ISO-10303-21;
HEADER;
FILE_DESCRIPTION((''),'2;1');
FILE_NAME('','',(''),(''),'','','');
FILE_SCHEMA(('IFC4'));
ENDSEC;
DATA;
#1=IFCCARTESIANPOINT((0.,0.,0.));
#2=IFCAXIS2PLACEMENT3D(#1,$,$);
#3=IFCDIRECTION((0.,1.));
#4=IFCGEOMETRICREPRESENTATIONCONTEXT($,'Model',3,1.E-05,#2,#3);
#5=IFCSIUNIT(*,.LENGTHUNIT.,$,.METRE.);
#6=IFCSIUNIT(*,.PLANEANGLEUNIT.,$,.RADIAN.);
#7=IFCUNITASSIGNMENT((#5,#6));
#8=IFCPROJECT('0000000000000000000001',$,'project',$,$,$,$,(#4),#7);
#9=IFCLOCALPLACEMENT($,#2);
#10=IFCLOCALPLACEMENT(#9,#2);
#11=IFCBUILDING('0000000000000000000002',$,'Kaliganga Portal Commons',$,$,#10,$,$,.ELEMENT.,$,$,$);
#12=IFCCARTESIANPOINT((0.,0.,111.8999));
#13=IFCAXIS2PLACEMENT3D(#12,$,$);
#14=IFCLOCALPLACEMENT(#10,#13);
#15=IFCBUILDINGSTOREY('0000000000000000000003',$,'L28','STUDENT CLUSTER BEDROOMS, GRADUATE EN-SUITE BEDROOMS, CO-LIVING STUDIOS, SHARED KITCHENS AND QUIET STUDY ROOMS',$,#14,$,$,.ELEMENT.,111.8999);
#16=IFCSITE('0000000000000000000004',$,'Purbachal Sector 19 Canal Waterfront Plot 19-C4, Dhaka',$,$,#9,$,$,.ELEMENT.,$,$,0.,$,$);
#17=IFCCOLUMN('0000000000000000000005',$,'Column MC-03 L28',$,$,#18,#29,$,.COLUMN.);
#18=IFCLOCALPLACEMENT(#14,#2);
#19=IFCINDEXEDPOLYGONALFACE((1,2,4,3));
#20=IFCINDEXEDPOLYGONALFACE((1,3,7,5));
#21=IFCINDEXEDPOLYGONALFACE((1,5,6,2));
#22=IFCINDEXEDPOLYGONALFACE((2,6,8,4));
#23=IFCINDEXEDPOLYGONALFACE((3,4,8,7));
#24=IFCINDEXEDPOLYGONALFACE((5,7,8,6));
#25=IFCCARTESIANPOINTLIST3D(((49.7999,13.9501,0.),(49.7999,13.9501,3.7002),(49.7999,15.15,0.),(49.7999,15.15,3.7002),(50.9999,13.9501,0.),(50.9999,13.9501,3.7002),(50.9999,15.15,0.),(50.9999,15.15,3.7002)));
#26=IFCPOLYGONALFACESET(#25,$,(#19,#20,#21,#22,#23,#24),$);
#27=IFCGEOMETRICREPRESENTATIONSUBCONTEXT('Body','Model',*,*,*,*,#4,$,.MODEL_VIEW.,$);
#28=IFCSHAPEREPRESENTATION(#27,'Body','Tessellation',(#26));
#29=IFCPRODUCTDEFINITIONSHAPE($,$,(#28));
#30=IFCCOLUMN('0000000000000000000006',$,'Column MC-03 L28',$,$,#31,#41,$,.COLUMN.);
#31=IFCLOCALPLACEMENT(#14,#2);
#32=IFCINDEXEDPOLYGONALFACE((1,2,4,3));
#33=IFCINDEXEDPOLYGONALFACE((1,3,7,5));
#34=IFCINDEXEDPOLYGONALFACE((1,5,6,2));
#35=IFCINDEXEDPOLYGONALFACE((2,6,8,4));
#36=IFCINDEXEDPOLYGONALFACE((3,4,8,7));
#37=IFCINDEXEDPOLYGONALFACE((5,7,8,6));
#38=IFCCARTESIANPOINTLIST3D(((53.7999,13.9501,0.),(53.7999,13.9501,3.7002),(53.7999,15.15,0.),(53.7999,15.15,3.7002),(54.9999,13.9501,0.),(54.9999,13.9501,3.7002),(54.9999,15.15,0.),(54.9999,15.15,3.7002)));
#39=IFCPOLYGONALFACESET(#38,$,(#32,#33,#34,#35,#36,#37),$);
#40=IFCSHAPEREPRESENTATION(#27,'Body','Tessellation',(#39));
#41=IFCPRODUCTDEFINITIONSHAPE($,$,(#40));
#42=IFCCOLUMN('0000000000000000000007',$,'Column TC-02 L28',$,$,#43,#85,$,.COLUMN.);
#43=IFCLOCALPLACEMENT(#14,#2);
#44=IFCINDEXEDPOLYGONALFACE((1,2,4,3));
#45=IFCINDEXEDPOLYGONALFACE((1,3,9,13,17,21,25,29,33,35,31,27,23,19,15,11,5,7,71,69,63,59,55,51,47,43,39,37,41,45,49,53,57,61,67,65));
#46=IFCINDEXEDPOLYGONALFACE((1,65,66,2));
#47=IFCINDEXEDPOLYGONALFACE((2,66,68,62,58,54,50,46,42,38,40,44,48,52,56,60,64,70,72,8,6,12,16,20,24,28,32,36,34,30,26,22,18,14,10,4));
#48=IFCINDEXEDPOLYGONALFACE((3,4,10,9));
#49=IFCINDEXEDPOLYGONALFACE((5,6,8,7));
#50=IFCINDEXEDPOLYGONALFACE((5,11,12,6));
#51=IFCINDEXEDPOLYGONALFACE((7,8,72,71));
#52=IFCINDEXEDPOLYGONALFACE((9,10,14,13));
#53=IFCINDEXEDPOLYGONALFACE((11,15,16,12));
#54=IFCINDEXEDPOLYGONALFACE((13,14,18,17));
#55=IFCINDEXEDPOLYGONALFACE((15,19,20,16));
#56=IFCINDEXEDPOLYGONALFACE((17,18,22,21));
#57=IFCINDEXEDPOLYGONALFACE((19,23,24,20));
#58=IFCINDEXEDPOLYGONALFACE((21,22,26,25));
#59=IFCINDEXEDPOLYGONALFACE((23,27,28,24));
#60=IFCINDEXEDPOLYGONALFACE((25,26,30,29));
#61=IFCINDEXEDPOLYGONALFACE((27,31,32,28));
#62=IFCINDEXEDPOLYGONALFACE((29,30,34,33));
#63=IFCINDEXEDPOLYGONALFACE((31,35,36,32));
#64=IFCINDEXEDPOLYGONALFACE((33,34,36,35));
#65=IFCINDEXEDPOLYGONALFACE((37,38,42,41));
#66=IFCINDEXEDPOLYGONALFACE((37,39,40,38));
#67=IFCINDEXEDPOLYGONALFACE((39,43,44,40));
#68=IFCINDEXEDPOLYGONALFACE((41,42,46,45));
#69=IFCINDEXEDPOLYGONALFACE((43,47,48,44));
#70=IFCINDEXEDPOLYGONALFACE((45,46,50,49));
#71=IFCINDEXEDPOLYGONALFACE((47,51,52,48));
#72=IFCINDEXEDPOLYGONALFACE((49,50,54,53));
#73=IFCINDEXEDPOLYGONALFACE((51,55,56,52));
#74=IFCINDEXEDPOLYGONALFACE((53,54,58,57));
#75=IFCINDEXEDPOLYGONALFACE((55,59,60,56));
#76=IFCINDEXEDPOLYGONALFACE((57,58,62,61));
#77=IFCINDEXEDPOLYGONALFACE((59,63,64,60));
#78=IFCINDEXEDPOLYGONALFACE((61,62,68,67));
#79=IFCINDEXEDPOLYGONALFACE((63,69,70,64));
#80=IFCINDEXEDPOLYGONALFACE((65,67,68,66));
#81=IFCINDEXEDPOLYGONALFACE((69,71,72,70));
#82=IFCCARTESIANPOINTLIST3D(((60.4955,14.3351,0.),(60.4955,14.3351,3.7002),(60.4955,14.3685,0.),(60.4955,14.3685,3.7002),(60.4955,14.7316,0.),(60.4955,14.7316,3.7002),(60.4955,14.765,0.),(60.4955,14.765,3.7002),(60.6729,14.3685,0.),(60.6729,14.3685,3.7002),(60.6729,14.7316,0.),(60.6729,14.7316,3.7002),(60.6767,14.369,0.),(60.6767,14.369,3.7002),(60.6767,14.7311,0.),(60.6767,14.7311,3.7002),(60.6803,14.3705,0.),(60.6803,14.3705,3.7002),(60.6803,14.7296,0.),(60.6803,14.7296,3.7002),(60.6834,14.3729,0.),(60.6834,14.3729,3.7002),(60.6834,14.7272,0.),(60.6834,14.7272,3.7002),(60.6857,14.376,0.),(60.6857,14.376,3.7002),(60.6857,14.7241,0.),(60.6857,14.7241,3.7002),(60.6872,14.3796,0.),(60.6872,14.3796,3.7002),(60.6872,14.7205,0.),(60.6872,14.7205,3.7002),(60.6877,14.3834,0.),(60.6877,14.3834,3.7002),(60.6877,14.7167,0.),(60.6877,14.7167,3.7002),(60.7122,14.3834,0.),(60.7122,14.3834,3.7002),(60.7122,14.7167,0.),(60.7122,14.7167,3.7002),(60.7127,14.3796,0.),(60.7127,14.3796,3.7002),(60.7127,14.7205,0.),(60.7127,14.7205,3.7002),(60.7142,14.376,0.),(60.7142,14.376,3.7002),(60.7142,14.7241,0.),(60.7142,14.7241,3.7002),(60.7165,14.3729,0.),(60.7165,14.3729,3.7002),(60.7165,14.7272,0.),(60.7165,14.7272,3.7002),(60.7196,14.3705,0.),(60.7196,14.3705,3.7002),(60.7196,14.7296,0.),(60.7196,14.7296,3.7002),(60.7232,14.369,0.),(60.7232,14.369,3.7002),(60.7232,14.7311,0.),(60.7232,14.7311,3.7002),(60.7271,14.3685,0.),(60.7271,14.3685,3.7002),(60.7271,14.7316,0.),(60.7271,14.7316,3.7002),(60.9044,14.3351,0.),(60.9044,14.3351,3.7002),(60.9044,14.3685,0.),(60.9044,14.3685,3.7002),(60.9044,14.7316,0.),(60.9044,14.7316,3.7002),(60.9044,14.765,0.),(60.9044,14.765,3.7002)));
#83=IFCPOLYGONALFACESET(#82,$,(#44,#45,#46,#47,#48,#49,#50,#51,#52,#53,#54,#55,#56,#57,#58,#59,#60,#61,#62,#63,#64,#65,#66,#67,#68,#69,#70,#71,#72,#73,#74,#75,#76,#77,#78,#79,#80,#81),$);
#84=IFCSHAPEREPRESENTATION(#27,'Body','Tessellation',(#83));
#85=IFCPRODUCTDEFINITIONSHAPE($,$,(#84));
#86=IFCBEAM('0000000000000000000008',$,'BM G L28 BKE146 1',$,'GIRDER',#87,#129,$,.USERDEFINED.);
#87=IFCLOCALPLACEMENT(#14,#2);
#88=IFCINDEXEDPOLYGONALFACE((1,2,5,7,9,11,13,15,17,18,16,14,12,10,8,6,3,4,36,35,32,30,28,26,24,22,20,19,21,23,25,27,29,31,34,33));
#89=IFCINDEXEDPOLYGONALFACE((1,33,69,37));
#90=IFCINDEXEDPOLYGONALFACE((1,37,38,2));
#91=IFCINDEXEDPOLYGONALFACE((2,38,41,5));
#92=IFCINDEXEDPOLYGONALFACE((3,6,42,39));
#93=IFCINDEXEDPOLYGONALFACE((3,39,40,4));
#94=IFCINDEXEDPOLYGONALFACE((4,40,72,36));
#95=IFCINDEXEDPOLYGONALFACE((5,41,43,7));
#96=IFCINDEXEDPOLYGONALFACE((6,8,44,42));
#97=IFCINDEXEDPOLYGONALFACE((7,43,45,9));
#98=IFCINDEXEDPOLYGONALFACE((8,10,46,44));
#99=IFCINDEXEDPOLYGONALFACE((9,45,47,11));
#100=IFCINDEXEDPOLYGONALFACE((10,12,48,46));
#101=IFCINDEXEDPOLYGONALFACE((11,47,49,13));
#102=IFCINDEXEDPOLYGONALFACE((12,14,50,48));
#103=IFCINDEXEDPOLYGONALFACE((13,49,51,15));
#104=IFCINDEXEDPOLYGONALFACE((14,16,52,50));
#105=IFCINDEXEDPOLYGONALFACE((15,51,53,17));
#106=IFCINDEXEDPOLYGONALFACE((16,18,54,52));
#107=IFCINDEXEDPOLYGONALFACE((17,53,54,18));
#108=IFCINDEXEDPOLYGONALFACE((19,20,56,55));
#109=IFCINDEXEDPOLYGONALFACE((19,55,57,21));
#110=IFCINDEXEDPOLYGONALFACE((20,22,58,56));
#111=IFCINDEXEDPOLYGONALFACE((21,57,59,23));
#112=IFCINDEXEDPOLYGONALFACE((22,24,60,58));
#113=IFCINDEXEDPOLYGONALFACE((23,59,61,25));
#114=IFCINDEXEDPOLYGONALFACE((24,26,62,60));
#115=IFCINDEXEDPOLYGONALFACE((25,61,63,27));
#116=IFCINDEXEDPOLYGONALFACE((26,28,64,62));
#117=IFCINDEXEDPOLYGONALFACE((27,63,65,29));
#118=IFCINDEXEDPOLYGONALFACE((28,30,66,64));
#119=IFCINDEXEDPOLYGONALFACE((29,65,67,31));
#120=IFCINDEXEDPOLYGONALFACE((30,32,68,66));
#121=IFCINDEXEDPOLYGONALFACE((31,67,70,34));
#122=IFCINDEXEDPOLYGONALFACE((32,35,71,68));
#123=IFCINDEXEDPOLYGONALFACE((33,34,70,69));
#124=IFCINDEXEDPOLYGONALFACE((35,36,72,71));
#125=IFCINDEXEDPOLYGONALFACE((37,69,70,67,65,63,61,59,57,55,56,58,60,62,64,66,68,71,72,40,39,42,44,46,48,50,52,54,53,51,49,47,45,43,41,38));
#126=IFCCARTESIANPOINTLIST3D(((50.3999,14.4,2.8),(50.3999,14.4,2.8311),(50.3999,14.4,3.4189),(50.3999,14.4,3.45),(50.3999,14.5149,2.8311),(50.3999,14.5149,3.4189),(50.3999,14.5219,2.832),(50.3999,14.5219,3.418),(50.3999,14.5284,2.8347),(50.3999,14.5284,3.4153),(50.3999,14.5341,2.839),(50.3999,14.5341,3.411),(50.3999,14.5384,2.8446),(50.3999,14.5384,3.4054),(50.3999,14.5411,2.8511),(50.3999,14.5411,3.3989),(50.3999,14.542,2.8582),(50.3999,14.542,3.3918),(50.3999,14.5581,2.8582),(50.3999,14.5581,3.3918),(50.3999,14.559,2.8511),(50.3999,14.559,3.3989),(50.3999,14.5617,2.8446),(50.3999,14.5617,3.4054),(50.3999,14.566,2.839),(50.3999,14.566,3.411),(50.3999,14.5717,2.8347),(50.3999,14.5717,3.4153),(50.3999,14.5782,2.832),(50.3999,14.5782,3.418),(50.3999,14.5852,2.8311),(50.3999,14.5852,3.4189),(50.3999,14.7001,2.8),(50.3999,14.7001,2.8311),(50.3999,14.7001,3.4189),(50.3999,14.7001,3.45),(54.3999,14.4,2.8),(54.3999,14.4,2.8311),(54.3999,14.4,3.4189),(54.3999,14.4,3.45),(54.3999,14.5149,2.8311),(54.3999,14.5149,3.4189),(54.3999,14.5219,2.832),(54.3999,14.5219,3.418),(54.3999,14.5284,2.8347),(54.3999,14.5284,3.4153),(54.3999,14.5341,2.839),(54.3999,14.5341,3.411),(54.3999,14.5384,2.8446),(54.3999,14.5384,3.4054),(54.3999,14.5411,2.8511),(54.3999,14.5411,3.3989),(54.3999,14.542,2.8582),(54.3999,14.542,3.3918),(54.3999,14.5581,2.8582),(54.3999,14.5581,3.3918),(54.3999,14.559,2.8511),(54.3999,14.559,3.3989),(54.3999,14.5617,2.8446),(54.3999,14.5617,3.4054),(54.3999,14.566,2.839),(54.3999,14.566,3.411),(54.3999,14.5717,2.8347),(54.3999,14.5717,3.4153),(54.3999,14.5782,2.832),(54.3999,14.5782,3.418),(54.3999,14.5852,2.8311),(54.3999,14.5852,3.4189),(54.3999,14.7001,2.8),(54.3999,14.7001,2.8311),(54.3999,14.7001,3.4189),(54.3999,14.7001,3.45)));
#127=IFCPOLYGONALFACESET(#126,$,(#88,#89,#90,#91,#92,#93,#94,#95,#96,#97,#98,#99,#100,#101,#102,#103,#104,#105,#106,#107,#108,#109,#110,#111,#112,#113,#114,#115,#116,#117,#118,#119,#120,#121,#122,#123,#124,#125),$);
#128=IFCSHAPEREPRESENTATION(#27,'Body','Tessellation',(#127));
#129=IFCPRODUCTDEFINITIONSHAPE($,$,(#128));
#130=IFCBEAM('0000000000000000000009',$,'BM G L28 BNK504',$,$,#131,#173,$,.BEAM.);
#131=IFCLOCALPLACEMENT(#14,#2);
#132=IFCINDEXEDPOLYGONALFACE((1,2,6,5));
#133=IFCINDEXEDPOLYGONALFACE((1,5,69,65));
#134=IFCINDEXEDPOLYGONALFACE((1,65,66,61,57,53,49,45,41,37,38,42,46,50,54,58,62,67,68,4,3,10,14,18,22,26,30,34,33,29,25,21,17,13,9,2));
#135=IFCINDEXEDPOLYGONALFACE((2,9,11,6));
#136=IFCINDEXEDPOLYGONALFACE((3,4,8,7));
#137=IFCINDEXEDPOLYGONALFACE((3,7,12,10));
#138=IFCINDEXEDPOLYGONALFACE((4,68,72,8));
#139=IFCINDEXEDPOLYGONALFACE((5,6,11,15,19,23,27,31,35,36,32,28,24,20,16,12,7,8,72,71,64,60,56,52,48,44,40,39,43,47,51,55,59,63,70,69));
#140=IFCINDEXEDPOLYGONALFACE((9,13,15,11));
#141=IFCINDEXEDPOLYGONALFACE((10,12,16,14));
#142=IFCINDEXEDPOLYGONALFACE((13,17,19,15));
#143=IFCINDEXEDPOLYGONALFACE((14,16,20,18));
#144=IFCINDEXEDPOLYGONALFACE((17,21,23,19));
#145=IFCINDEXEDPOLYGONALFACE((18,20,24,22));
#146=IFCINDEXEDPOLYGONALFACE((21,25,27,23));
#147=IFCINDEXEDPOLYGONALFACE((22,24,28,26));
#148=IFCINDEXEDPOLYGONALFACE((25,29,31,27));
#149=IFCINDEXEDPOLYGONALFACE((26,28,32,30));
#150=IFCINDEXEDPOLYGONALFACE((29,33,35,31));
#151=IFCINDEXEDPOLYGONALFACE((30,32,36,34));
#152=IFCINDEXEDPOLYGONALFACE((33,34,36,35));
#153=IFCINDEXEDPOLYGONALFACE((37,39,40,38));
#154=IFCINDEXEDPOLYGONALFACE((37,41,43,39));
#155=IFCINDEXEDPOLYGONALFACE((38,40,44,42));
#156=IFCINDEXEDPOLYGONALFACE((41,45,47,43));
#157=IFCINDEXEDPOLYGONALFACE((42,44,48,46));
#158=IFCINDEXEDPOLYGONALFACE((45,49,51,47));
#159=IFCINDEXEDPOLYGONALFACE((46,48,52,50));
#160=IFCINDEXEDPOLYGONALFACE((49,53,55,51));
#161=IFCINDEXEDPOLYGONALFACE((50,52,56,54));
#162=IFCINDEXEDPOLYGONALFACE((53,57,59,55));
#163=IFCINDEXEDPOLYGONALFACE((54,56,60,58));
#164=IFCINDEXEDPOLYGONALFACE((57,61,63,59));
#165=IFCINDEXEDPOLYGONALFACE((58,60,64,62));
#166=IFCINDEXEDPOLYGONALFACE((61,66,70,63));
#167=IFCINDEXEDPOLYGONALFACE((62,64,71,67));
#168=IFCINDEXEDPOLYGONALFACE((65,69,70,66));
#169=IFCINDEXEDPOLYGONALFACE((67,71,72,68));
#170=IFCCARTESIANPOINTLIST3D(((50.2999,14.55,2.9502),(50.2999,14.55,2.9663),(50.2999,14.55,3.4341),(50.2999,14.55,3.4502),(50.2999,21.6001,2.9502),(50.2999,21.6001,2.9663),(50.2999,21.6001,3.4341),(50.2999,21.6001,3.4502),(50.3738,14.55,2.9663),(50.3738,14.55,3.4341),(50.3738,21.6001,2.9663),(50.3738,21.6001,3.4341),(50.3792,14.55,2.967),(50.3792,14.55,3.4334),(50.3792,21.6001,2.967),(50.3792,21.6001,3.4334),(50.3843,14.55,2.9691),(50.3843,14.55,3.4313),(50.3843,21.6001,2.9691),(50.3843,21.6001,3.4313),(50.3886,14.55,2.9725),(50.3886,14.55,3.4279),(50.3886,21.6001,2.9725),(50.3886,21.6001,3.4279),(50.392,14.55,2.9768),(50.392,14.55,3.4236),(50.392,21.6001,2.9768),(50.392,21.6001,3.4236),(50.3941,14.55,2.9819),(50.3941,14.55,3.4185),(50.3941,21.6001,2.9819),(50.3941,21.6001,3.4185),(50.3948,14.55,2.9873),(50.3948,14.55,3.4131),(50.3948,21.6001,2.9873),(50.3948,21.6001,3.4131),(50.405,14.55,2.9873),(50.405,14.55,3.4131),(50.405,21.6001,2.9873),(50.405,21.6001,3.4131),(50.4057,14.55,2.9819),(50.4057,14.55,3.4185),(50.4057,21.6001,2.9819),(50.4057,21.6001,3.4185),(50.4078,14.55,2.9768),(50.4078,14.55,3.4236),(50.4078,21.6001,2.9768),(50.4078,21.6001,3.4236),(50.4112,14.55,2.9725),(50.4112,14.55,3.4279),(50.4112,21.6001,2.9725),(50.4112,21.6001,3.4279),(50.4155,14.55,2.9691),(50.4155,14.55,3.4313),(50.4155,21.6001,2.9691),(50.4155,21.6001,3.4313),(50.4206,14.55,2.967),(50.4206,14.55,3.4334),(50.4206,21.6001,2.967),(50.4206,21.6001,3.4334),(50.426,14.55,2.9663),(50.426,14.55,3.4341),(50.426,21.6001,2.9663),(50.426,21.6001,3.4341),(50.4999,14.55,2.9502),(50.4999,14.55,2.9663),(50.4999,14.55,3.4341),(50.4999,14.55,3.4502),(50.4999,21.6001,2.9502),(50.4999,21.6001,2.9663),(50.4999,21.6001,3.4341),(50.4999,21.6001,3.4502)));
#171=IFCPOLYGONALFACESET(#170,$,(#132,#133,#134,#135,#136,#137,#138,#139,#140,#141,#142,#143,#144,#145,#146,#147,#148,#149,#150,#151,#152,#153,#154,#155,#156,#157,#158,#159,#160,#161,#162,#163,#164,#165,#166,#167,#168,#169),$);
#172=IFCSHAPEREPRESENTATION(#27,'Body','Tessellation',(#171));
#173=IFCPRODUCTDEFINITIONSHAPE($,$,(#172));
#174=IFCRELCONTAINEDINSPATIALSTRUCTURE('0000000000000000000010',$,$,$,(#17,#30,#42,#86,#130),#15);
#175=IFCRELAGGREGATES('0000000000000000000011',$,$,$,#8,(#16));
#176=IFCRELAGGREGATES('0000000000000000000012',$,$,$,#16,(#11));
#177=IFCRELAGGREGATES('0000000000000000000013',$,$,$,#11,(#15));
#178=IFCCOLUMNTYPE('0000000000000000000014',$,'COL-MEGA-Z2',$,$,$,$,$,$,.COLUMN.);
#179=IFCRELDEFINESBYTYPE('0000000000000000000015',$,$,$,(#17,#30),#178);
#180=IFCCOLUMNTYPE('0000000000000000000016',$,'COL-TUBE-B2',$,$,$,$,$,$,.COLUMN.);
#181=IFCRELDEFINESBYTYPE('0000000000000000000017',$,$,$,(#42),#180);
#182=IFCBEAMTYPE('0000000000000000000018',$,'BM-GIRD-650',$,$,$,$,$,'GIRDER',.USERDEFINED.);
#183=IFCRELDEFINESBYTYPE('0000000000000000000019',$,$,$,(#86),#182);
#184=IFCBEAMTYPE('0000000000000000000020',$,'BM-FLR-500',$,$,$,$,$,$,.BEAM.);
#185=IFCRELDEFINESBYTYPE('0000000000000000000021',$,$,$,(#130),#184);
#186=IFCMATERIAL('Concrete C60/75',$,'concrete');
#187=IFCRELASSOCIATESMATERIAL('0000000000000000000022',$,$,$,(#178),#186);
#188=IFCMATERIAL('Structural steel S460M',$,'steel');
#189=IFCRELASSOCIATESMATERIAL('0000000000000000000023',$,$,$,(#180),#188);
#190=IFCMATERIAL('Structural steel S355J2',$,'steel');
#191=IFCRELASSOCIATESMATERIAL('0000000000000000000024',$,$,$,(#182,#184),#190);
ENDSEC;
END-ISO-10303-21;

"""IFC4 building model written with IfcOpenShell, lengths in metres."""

from ifc_helpers import new_model, si_unit, direction, frame, origin, origin_2d, place, context, subcontext, project, spatial, rectangle, i_section, extrude, source, transform, mapped, material, material_profile, profile_set, type_object, element, save


model = new_model("IFC4")

# Units and contexts
model_context = context("Model", 3, precision=1e-05, world=origin(), true_north=direction((0.0, 1.0)))
body_context = subcontext(model_context, "Body", "Model", "MODEL_VIEW")
ifc_project = project(units=[si_unit("LENGTHUNIT", "METRE"), si_unit("PLANEANGLEUNIT", "RADIAN")], contexts=[model_context])

# Site, building, storey
site_placement = place(None, origin())
site = spatial("IfcSite", under=ifc_project, at=site_placement, Name="Purbachal Sector 19 Canal Waterfront Plot 19-C4, Dhaka", CompositionType="ELEMENT", RefElevation=0.0)
building_placement = place(site_placement, origin())
building = spatial("IfcBuilding", under=site, at=building_placement, Name="Kaliganga Portal Commons", CompositionType="ELEMENT")
storey_placement = place(building_placement, frame((0.0, 0.0, 111.8999)))
storey = spatial("IfcBuildingStorey", under=building, at=storey_placement, Name="L28", Description="STUDENT CLUSTER BEDROOMS, GRADUATE EN-SUITE BEDROOMS, CO-LIVING STUDIOS, SHARED KITCHENS AND QUIET STUDY ROOMS", CompositionType="ELEMENT", Elevation=111.8999)

# Columns
ifc_material_1 = material(Name="Concrete C60/75", Category="concrete")
ifc_material_profile_1 = material_profile(ifc_material_1, rectangle(XDim=1.2, YDim=1.2, at=origin_2d()), Name="RC 1200x1200")
ifc_profile_set_1 = profile_set([ifc_material_profile_1], Name="Concrete C60/75")
column_type_1 = type_object("IfcColumnType", Name="COL-MEGA-Z2", PredefinedType="COLUMN", material=ifc_profile_set_1)
shared_shape_1 = source(origin(), body_context, "Body", "SweptSolid", [
    extrude(rectangle(XDim=1.2, YDim=1.2, at=origin_2d()), origin(), (0.0, 0.0, 1.0), 3.7002),
])
for number, where, z_axis, x_axis, name in (
    (1, (50.3999, 14.55, 0.0), (0.0, 0.0, 1.0), (1.0, 0.0, 0.0), "Column MC-03 L28"),
    (2, (54.3999, 14.55, 0.0), (0.0, 0.0, 1.0), (1.0, 0.0, 0.0), "Column MC-03 L28"),
):
    element("IfcColumn", number, at=place(storey_placement, frame(where, z_axis=z_axis, x_axis=x_axis)), inside=storey, type_object=column_type_1, Name=name, PredefinedType="COLUMN", context=body_context, shape_type="MappedRepresentation", body=[
        mapped(shared_shape_1, transform((0.0, 0.0, 0.0), x_axis=(1.0, 0.0, 0.0), y_axis=(0.0, 1.0, 0.0), z_axis=(0.0, 0.0, 1.0), scale=1.0)),
    ])
ifc_material_2 = material(Name="Structural steel S460M", Category="steel")
ifc_material_profile_2 = material_profile(ifc_material_2, i_section(OverallWidth=0.4089, OverallDepth=0.4299, WebThickness=0.0244, FlangeThickness=0.0334, FilletRadius=0.0149, at=origin_2d()), Name="HD 400x421")
ifc_profile_set_2 = profile_set([ifc_material_profile_2], Name="Structural steel S460M wide-flange")
column_type_2 = type_object("IfcColumnType", Name="COL-TUBE-B2", PredefinedType="COLUMN", material=ifc_profile_set_2)
shared_shape_2 = source(origin(), body_context, "Body", "SweptSolid", [
    extrude(i_section(OverallWidth=0.4089, OverallDepth=0.4299, WebThickness=0.0244, FlangeThickness=0.0334, FilletRadius=0.0149, at=origin_2d()), origin(), (0.0, 0.0, 1.0), 3.7002),
])
column_placement = place(storey_placement, frame((60.7, 14.55, 0.0), z_axis=(0.0, 0.0, 1.0), x_axis=(1.0, 0.0, 0.0)))
element("IfcColumn", 3, at=column_placement, inside=storey, type_object=column_type_2, Name="Column TC-02 L28", PredefinedType="COLUMN", context=body_context, shape_type="MappedRepresentation", body=[
    mapped(shared_shape_2, transform((0.0, 0.0, 0.0), x_axis=(1.0, 0.0, 0.0), y_axis=(0.0, 1.0, 0.0), z_axis=(0.0, 0.0, 1.0), scale=1.0)),
])

# Beams
ifc_material_3 = material(Name="Structural steel S355J2", Category="steel")
ifc_material_profile_3 = material_profile(ifc_material_3, i_section(OverallWidth=0.3, OverallDepth=0.6499, WebThickness=0.0161, FlangeThickness=0.031, FilletRadius=0.0271, at=origin_2d()), Name="HE 650 B")
ifc_profile_set_3 = profile_set([ifc_material_profile_3], Name="Structural steel S355J2 wide-flange")
beam_type_1 = type_object("IfcBeamType", Name="BM-GIRD-650", ElementType="GIRDER", PredefinedType="USERDEFINED", material=ifc_profile_set_3)
shared_shape_3 = source(origin(), body_context, "Body", "SweptSolid", [
    extrude(i_section(OverallWidth=0.3, OverallDepth=0.6499, WebThickness=0.0161, FlangeThickness=0.031, FilletRadius=0.0271, at=origin_2d()), origin(), (0.0, 0.0, 1.0), 4.0),
])
beam_1_placement = place(storey_placement, frame((50.3999, 14.55, 3.125), z_axis=(1.0, 0.0, 0.0), x_axis=(0.0, 1.0, 0.0)))
element("IfcBeam", 4, at=beam_1_placement, inside=storey, type_object=beam_type_1, Name="BM G L28 BKE146 1", ObjectType="GIRDER", PredefinedType="USERDEFINED", context=body_context, shape_type="MappedRepresentation", body=[
    mapped(shared_shape_3, transform((0.0, 0.0, 0.0), x_axis=(1.0, 0.0, 0.0), y_axis=(0.0, 1.0, 0.0), z_axis=(0.0, 0.0, 1.0), scale=1.0)),
])
ifc_material_profile_4 = material_profile(ifc_material_3, i_section(OverallWidth=0.2, OverallDepth=0.5, WebThickness=0.0103, FlangeThickness=0.0161, FilletRadius=0.021, at=origin_2d()), Name="IPE 500")
ifc_profile_set_4 = profile_set([ifc_material_profile_4], Name="Structural steel S355J2 wide-flange")
beam_type_2 = type_object("IfcBeamType", Name="BM-FLR-500", PredefinedType="BEAM", material=ifc_profile_set_4)
shared_shape_4 = source(origin(), body_context, "Body", "SweptSolid", [
    extrude(i_section(OverallWidth=0.2, OverallDepth=0.5, WebThickness=0.0103, FlangeThickness=0.0161, FilletRadius=0.021, at=origin_2d()), origin(), (0.0, 0.0, 1.0), 7.05),
])
for number, where, z_axis, x_axis, name in (
    (5, (50.3999, 14.55, 3.2002), (0.0, 1.0, 0.0), (-1.0, 0.0, 0.0), "BM G L28 BNK504"),
):
    element("IfcBeam", number, at=place(storey_placement, frame(where, z_axis=z_axis, x_axis=x_axis)), inside=storey, type_object=beam_type_2, Name=name, PredefinedType="BEAM", context=body_context, shape_type="MappedRepresentation", body=[
        mapped(shared_shape_4, transform((0.0, 0.0, 0.0), x_axis=(1.0, 0.0, 0.0), y_axis=(0.0, 1.0, 0.0), z_axis=(0.0, 0.0, 1.0), scale=1.0)),
    ])

save(model, "model.ifc")
